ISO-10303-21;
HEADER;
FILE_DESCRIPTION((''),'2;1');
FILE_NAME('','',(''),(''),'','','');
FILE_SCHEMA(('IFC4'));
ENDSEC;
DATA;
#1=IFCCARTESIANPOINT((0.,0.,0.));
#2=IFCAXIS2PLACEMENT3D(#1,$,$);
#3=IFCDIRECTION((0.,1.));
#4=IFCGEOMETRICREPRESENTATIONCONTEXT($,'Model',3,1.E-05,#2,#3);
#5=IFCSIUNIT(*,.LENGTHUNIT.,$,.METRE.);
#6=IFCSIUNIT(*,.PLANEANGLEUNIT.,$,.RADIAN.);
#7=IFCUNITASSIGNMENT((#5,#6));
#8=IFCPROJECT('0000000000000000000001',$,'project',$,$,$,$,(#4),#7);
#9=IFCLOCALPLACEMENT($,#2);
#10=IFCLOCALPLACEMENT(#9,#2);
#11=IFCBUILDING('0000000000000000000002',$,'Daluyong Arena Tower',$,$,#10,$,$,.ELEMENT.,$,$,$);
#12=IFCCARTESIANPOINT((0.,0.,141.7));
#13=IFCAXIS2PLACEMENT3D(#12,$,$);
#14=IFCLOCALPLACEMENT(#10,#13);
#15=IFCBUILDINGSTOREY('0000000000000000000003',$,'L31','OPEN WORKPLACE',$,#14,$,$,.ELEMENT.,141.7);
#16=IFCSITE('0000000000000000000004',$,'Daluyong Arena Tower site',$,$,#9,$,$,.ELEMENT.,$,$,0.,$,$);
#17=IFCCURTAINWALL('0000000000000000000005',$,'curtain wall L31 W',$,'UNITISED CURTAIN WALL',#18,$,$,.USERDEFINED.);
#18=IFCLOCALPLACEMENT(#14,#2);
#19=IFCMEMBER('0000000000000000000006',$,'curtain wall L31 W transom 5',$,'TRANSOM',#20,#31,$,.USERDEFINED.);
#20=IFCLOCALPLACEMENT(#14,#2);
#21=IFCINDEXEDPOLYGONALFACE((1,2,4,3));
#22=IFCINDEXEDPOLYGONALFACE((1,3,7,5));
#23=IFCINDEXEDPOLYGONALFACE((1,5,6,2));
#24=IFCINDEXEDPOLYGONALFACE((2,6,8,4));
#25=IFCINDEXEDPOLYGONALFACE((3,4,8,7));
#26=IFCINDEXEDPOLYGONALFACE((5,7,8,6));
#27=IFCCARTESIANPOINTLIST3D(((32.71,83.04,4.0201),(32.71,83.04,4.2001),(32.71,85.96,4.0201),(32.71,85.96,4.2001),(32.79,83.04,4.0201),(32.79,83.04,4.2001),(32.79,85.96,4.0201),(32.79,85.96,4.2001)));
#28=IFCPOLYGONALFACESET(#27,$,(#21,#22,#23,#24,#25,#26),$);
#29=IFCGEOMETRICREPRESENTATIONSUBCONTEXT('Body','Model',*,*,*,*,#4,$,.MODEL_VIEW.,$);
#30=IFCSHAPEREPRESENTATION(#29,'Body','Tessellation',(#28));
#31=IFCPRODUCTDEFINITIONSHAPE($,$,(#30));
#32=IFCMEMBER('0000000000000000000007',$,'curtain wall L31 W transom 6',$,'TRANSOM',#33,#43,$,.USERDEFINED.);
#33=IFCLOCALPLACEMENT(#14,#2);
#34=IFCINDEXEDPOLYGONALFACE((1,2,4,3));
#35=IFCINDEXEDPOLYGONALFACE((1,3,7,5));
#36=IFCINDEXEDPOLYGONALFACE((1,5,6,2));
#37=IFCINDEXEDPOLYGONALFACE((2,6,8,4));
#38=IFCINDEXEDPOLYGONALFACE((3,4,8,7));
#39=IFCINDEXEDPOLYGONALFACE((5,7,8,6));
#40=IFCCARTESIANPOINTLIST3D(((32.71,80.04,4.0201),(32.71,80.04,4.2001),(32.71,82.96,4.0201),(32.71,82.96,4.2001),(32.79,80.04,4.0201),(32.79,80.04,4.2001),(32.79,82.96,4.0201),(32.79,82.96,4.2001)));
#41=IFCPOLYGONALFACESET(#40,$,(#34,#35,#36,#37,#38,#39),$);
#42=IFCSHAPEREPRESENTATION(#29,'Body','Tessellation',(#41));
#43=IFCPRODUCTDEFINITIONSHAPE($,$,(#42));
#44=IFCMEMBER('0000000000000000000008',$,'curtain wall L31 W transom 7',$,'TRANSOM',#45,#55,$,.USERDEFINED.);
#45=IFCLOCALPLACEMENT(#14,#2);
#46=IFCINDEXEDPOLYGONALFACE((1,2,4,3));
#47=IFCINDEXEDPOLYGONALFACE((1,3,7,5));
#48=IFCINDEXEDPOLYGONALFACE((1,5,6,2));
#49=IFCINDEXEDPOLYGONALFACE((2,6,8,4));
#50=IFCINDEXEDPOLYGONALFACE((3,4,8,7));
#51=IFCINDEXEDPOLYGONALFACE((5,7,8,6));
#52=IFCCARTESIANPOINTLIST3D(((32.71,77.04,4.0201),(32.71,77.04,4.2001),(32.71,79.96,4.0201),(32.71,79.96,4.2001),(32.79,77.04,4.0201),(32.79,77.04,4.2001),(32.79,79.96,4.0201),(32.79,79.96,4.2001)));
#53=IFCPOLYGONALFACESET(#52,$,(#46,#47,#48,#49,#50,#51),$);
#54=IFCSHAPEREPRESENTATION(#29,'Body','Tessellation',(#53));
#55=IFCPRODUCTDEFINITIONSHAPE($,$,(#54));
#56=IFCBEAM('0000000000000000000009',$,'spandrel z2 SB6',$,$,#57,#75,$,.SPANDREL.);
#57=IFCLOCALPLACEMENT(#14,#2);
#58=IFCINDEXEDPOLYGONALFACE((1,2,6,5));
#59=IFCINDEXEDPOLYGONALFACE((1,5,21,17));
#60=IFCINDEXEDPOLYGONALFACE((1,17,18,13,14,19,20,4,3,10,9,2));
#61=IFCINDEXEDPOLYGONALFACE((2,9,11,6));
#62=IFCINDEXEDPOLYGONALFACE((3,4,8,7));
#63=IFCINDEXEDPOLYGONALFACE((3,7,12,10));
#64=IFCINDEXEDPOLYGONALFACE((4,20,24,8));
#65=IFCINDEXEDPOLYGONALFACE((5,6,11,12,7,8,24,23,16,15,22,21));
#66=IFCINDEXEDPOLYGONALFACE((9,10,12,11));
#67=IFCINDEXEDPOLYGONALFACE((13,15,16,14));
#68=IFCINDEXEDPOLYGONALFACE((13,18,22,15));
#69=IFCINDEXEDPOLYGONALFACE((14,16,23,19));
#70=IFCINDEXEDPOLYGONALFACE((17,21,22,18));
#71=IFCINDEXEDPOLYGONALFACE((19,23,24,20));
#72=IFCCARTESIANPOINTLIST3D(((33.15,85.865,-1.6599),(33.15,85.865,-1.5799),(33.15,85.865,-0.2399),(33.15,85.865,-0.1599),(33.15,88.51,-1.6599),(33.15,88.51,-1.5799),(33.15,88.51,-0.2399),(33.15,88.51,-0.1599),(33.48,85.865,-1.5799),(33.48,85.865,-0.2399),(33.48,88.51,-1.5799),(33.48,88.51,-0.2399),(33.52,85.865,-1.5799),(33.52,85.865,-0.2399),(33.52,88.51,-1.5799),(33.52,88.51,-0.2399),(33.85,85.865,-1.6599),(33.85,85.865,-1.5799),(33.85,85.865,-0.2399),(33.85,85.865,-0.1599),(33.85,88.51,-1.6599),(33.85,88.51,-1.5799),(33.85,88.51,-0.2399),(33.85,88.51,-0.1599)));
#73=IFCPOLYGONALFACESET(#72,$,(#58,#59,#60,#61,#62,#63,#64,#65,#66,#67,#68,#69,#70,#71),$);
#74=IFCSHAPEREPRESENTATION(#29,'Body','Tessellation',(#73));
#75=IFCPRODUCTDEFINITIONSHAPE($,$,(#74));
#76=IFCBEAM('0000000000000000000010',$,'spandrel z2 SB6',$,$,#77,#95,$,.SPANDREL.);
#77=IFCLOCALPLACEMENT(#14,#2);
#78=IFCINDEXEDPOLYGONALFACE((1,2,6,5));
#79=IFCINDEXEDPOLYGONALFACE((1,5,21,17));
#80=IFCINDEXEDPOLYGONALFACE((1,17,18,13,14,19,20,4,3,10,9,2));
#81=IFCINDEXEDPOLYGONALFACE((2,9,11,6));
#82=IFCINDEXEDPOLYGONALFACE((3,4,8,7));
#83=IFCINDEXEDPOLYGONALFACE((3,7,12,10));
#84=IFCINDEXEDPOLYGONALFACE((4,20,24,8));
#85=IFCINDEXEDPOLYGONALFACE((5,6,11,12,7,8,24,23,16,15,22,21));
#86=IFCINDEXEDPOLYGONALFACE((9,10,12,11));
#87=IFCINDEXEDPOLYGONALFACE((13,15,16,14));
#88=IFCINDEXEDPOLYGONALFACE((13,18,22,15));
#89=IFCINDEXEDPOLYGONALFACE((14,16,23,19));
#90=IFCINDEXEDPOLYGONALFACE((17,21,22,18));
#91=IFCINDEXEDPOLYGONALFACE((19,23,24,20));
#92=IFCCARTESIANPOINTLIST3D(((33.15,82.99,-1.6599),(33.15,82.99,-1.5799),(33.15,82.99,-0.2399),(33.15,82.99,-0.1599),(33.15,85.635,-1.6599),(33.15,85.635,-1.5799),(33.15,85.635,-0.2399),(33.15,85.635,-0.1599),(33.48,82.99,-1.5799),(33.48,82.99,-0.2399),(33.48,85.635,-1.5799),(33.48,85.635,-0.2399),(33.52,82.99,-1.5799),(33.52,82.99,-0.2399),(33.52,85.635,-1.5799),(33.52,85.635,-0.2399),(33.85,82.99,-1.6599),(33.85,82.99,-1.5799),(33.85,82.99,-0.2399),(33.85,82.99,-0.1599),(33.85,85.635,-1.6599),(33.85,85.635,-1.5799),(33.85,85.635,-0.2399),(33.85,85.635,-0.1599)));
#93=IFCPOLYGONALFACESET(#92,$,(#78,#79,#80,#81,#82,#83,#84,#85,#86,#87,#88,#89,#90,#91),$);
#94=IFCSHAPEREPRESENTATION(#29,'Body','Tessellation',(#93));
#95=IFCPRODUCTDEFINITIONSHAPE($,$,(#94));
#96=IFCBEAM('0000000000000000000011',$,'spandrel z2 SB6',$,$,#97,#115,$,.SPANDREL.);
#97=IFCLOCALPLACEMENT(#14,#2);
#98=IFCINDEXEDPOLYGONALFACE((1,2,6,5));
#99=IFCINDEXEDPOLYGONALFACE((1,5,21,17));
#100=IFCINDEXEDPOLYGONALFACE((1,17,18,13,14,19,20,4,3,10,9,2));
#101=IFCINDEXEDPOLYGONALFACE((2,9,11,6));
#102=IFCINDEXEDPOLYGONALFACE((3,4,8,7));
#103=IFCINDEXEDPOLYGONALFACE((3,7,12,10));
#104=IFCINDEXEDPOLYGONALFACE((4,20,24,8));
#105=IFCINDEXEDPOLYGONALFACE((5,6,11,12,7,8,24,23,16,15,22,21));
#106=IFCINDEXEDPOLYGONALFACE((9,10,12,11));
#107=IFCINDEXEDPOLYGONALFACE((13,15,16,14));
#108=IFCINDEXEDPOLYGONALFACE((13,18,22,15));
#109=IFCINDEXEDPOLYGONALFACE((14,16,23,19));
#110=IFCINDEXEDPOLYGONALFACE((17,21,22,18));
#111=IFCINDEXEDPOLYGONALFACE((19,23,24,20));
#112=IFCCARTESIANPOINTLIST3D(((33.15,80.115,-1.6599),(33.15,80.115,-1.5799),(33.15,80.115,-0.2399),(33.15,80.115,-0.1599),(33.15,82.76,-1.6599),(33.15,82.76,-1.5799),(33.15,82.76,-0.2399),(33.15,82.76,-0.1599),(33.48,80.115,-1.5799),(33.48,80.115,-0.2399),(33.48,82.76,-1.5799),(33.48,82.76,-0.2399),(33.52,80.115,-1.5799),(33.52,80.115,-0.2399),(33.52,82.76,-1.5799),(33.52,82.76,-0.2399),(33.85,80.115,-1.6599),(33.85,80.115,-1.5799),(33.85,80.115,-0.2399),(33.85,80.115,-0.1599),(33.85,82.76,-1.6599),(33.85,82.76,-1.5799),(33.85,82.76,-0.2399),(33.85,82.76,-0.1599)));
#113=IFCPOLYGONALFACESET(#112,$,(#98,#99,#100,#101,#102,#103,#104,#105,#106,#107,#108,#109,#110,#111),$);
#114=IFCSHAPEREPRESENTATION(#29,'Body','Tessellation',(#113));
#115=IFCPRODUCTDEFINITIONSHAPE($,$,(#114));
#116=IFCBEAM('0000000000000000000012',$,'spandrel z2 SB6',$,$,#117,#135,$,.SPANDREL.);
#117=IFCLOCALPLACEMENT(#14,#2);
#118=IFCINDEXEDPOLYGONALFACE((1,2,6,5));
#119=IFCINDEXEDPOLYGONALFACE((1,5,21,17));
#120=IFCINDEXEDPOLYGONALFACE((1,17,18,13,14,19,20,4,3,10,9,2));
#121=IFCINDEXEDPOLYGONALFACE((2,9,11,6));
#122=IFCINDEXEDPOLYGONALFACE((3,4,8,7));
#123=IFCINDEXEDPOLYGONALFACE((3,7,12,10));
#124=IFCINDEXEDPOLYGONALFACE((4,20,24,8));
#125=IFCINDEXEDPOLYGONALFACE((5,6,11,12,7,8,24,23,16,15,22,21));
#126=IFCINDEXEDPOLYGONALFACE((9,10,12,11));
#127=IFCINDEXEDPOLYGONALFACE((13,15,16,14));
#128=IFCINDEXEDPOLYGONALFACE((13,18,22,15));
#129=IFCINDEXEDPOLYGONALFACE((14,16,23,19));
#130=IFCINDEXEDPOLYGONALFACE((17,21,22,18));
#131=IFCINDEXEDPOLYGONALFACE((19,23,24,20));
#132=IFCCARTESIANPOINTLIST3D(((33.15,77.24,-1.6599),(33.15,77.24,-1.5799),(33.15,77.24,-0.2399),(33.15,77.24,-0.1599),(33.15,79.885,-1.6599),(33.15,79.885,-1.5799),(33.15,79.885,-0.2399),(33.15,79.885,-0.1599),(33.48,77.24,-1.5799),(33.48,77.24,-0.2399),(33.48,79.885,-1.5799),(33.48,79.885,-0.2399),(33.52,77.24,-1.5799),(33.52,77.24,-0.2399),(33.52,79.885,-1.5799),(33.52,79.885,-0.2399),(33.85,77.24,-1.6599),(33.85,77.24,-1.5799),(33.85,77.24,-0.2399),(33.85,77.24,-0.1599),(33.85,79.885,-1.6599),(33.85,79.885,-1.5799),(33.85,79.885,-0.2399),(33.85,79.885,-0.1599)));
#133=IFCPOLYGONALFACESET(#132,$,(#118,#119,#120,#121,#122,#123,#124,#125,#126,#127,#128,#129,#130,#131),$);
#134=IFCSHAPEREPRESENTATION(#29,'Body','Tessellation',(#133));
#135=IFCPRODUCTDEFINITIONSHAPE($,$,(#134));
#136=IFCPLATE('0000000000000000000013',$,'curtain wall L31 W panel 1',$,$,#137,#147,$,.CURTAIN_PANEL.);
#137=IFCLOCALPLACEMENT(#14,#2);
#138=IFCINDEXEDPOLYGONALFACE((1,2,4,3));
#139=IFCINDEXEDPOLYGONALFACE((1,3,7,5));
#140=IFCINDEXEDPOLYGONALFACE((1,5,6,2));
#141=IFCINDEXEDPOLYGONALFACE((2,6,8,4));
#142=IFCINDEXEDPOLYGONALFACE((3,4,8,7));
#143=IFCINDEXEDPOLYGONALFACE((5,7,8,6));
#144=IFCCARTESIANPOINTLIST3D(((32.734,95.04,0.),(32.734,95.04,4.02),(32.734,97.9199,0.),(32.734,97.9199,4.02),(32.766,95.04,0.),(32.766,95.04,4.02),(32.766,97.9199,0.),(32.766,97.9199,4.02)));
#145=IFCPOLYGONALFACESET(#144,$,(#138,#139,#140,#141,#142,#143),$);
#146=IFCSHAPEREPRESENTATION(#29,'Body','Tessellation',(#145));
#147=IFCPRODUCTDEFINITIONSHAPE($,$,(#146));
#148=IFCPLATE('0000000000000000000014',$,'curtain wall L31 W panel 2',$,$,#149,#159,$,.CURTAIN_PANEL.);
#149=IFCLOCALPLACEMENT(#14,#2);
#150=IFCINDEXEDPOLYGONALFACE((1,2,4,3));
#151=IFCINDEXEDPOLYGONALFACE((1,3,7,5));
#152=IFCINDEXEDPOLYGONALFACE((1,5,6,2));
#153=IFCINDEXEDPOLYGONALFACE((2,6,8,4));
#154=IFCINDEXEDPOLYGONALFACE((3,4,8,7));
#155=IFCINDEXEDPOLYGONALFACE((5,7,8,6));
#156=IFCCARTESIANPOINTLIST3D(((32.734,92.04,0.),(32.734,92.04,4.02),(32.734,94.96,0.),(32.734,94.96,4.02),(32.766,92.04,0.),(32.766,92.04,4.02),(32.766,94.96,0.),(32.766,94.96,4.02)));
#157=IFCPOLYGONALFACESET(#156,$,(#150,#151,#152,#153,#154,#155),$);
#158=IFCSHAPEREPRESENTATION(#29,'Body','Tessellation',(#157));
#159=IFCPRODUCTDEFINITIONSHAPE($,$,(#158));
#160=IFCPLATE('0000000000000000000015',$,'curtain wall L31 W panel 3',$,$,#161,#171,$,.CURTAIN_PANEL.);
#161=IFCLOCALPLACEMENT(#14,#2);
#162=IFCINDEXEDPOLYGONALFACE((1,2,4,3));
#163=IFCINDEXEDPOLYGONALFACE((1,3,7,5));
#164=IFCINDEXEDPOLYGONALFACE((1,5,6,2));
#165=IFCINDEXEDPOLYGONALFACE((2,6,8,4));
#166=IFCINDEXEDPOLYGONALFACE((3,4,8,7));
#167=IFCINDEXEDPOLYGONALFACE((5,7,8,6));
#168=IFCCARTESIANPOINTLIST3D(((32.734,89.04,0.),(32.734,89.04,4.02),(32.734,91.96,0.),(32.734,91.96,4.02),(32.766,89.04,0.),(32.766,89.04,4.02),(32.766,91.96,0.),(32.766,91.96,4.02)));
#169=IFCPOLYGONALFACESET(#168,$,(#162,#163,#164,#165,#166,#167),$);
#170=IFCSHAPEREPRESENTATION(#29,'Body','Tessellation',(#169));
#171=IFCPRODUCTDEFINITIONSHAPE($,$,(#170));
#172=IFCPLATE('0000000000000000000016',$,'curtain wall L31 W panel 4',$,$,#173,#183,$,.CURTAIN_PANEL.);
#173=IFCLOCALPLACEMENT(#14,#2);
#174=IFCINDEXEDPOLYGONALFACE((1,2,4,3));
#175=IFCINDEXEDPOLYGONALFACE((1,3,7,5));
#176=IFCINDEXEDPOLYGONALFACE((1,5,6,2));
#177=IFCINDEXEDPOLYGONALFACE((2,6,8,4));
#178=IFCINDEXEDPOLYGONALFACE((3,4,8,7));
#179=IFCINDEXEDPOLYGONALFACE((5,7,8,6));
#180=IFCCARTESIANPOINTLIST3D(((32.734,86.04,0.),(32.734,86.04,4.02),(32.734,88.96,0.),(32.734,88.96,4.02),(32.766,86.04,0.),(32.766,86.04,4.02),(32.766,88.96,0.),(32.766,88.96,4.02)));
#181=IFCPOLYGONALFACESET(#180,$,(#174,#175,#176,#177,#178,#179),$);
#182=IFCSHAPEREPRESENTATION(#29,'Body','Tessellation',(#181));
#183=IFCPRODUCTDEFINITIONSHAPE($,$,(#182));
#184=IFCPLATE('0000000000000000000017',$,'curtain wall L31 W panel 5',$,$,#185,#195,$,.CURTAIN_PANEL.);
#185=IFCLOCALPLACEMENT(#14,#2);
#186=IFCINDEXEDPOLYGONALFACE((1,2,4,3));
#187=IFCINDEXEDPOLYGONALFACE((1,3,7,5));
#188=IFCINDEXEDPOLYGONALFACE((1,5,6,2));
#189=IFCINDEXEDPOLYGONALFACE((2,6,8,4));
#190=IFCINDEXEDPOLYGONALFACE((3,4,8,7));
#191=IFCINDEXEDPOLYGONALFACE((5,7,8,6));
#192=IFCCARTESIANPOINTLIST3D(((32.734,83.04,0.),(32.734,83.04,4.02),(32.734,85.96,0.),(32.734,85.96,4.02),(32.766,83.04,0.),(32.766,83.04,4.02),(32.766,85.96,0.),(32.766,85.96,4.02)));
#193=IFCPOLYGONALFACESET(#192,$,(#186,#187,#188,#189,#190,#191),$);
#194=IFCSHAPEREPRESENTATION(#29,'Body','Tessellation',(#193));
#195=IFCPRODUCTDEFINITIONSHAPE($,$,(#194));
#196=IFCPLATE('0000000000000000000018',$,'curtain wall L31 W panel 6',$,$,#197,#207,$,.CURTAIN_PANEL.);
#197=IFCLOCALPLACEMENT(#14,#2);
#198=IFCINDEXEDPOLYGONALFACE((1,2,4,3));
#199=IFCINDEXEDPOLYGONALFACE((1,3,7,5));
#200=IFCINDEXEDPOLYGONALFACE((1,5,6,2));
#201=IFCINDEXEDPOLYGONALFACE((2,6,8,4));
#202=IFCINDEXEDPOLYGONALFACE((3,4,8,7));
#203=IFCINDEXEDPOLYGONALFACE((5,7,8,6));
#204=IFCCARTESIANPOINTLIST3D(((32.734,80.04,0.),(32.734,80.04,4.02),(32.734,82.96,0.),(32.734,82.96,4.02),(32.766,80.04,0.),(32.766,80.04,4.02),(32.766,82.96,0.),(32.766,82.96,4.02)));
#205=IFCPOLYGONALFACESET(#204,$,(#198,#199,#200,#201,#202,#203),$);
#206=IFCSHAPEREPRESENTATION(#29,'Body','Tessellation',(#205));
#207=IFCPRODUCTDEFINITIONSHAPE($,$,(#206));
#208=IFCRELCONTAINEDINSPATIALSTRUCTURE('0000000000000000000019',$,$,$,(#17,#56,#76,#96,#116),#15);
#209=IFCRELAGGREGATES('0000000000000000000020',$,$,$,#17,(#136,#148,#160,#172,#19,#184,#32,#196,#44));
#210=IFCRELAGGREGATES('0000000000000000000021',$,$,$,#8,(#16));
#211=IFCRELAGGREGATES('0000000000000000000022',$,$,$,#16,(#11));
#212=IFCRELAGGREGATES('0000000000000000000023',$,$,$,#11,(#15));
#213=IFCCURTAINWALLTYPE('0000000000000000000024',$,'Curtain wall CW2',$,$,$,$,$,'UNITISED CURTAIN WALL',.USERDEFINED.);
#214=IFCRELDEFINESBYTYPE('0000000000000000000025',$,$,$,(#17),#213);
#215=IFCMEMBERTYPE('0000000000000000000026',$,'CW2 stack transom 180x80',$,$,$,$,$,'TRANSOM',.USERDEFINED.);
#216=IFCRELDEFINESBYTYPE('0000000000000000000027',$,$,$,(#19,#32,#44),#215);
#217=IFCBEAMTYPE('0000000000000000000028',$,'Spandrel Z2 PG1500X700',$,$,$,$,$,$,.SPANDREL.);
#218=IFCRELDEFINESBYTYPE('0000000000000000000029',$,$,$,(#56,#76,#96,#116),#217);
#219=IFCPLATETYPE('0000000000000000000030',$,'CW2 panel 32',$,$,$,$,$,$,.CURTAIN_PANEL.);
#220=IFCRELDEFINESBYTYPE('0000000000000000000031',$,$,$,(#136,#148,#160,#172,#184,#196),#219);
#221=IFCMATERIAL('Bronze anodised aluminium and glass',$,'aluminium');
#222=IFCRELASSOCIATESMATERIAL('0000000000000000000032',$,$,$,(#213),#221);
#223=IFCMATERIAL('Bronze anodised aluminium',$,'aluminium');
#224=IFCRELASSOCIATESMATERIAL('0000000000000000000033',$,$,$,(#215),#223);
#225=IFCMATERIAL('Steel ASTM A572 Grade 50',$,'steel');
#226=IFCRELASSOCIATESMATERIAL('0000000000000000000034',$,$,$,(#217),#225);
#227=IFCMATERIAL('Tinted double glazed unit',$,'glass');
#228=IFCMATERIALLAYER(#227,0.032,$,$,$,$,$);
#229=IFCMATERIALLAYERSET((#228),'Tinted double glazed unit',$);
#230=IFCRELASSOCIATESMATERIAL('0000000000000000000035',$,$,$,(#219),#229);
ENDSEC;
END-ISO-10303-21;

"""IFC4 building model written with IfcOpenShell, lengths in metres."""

from ifc_helpers import new_model, si_unit, direction, frame, origin, origin_2d, place, context, subcontext, project, spatial, rectangle, i_section, extrude, material, layer, layer_set, material_profile, profile_set, type_object, element, aggregate, save


model = new_model("IFC4")

# Units and contexts
model_context = context("Model", 3, precision=1e-05, world=origin(), true_north=direction((0.0, 1.0)))
body_context = subcontext(model_context, "Body", "Model", "MODEL_VIEW")
ifc_project = project(units=[si_unit("LENGTHUNIT", "METRE"), si_unit("PLANEANGLEUNIT", "RADIAN")], contexts=[model_context])

# Site, building, storey
site_placement = place(None, origin())
site = spatial("IfcSite", under=ifc_project, at=site_placement, Name="Daluyong Arena Tower site", CompositionType="ELEMENT", RefElevation=0.0)
building_placement = place(site_placement, origin())
building = spatial("IfcBuilding", under=site, at=building_placement, Name="Daluyong Arena Tower", CompositionType="ELEMENT")
storey_placement = place(building_placement, frame((0.0, 0.0, 141.7)))
storey = spatial("IfcBuildingStorey", under=building, at=storey_placement, Name="L31", Description="OPEN WORKPLACE", CompositionType="ELEMENT", Elevation=141.7)

# Curtain wall, members
ifc_material_1 = material(Name="Bronze anodised aluminium and glass", Category="aluminium")
curtain_wall_type = type_object("IfcCurtainWallType", Name="Curtain wall CW2", ElementType="UNITISED CURTAIN WALL", PredefinedType="USERDEFINED", material=ifc_material_1)
curtain_wall_placement = place(storey_placement, origin())
curtain_wall = element("IfcCurtainWall", 1, at=curtain_wall_placement, inside=storey, type_object=curtain_wall_type, Name="curtain wall L31 W", ObjectType="UNITISED CURTAIN WALL", PredefinedType="USERDEFINED")
ifc_material_2 = material(Name="Bronze anodised aluminium", Category="aluminium")
ifc_material_profile_1 = material_profile(ifc_material_2, rectangle(XDim=0.0801, YDim=0.1799, at=origin_2d()))
ifc_profile_set_1 = profile_set([ifc_material_profile_1], Name="Bronze anodised aluminium")
member_type_1 = type_object("IfcMemberType", Name="CW2 stack transom 180x80", ElementType="TRANSOM", PredefinedType="USERDEFINED", material=ifc_profile_set_1)
member_1_placement = place(storey_placement, frame((32.75, 85.96, 4.1101), z_axis=(0.0, -1.0, 0.0), x_axis=(1.0, 0.0, 0.0)))
member_1 = element("IfcMember", 2, at=member_1_placement, type_object=member_type_1, Name="curtain wall L31 W transom 5", ObjectType="TRANSOM", PredefinedType="USERDEFINED", context=body_context, shape_type="SweptSolid", body=[
    extrude(rectangle(XDim=0.0801, YDim=0.1799, at=origin_2d()), origin(), (0.0, 0.0, 1.0), 2.9199),
])
member_2_placement = place(storey_placement, frame((32.75, 82.96, 4.1101), z_axis=(0.0, -1.0, 0.0), x_axis=(1.0, 0.0, 0.0)))
member_2 = element("IfcMember", 3, at=member_2_placement, type_object=member_type_1, Name="curtain wall L31 W transom 6", ObjectType="TRANSOM", PredefinedType="USERDEFINED", context=body_context, shape_type="SweptSolid", body=[
    extrude(rectangle(XDim=0.0801, YDim=0.1799, at=origin_2d()), origin(), (0.0, 0.0, 1.0), 2.9199),
])
member_3_placement = place(storey_placement, frame((32.75, 79.96, 4.1101), z_axis=(0.0, -1.0, 0.0), x_axis=(1.0, 0.0, 0.0)))
member_3 = element("IfcMember", 4, at=member_3_placement, type_object=member_type_1, Name="curtain wall L31 W transom 7", ObjectType="TRANSOM", PredefinedType="USERDEFINED", context=body_context, shape_type="SweptSolid", body=[
    extrude(rectangle(XDim=0.0801, YDim=0.1799, at=origin_2d()), origin(), (0.0, 0.0, 1.0), 2.9199),
])

# Beams
ifc_material_3 = material(Name="Steel ASTM A572 Grade 50", Category="steel")
ifc_material_profile_2 = material_profile(ifc_material_3, i_section(OverallWidth=0.7, OverallDepth=1.5, WebThickness=0.04, FlangeThickness=0.08, at=origin_2d()))
ifc_profile_set_2 = profile_set([ifc_material_profile_2], Name="Steel ASTM A572 Grade 50")
beam_type = type_object("IfcBeamType", Name="Spandrel Z2 PG1500X700", PredefinedType="SPANDREL", material=ifc_profile_set_2)
for number, where, z_axis, x_axis, name in (
    (5, (33.5, 88.51, -0.9099), (0.0, -1.0, 0.0), (1.0, 0.0, 0.0), "spandrel z2 SB6"),
    (6, (33.5, 85.635, -0.9099), (0.0, -1.0, 0.0), (1.0, 0.0, 0.0), "spandrel z2 SB6"),
    (7, (33.5, 82.76, -0.9099), (0.0, -1.0, 0.0), (1.0, 0.0, 0.0), "spandrel z2 SB6"),
    (8, (33.5, 79.885, -0.9099), (0.0, -1.0, 0.0), (1.0, 0.0, 0.0), "spandrel z2 SB6"),
):
    element("IfcBeam", number, at=place(storey_placement, frame(where, z_axis=z_axis, x_axis=x_axis)), inside=storey, type_object=beam_type, Name=name, PredefinedType="SPANDREL", context=body_context, shape_type="SweptSolid", body=[
        extrude(i_section(OverallWidth=0.7, OverallDepth=1.5, WebThickness=0.04, FlangeThickness=0.08, at=origin_2d()), origin(), (0.0, 0.0, 1.0), 2.645),
    ])

# Plates
ifc_material_4 = material(Name="Tinted double glazed unit", Category="glass")
ifc_layer_1 = layer(ifc_material_4, 0.032)
ifc_layer_set_1 = layer_set([ifc_layer_1], Name="Tinted double glazed unit")
plate_type = type_object("IfcPlateType", Name="CW2 panel 32", PredefinedType="CURTAIN_PANEL", material=ifc_layer_set_1)
plate_1_placement = place(storey_placement, frame((32.75, 96.48, 0.0), z_axis=(0.0, 0.0, 1.0), x_axis=(0.0, -1.0, 0.0)))
plate_1 = element("IfcPlate", 9, at=plate_1_placement, type_object=plate_type, Name="curtain wall L31 W panel 1", PredefinedType="CURTAIN_PANEL", context=body_context, shape_type="SweptSolid", body=[
    extrude(rectangle(XDim=2.8799, YDim=0.032, at=origin_2d()), origin(), (0.0, 0.0, 1.0), 4.02),
])
plate_2_placement = place(storey_placement, frame((32.75, 93.5, 0.0), z_axis=(0.0, 0.0, 1.0), x_axis=(0.0, -1.0, 0.0)))
plate_2 = element("IfcPlate", 10, at=plate_2_placement, type_object=plate_type, Name="curtain wall L31 W panel 2", PredefinedType="CURTAIN_PANEL", context=body_context, shape_type="SweptSolid", body=[
    extrude(rectangle(XDim=2.9199, YDim=0.032, at=origin_2d()), origin(), (0.0, 0.0, 1.0), 4.02),
])
plate_3_placement = place(storey_placement, frame((32.75, 90.5, 0.0), z_axis=(0.0, 0.0, 1.0), x_axis=(0.0, -1.0, 0.0)))
plate_3 = element("IfcPlate", 11, at=plate_3_placement, type_object=plate_type, Name="curtain wall L31 W panel 3", PredefinedType="CURTAIN_PANEL", context=body_context, shape_type="SweptSolid", body=[
    extrude(rectangle(XDim=2.9199, YDim=0.032, at=origin_2d()), origin(), (0.0, 0.0, 1.0), 4.02),
])
plate_4_placement = place(storey_placement, frame((32.75, 87.5, 0.0), z_axis=(0.0, 0.0, 1.0), x_axis=(0.0, -1.0, 0.0)))
plate_4 = element("IfcPlate", 12, at=plate_4_placement, type_object=plate_type, Name="curtain wall L31 W panel 4", PredefinedType="CURTAIN_PANEL", context=body_context, shape_type="SweptSolid", body=[
    extrude(rectangle(XDim=2.9199, YDim=0.032, at=origin_2d()), origin(), (0.0, 0.0, 1.0), 4.02),
])
plate_5_placement = place(storey_placement, frame((32.75, 84.5, 0.0), z_axis=(0.0, 0.0, 1.0), x_axis=(0.0, -1.0, 0.0)))
plate_5 = element("IfcPlate", 13, at=plate_5_placement, type_object=plate_type, Name="curtain wall L31 W panel 5", PredefinedType="CURTAIN_PANEL", context=body_context, shape_type="SweptSolid", body=[
    extrude(rectangle(XDim=2.9199, YDim=0.032, at=origin_2d()), origin(), (0.0, 0.0, 1.0), 4.02),
])
plate_6_placement = place(storey_placement, frame((32.75, 81.5, 0.0), z_axis=(0.0, 0.0, 1.0), x_axis=(0.0, -1.0, 0.0)))
plate_6 = element("IfcPlate", 14, at=plate_6_placement, type_object=plate_type, Name="curtain wall L31 W panel 6", PredefinedType="CURTAIN_PANEL", context=body_context, shape_type="SweptSolid", body=[
    extrude(rectangle(XDim=2.9199, YDim=0.032, at=origin_2d()), origin(), (0.0, 0.0, 1.0), 4.02),
])
aggregate(curtain_wall, [plate_1, plate_2, plate_3, plate_4, member_1, plate_5, member_2, plate_6, member_3])

save(model, "model.ifc")
